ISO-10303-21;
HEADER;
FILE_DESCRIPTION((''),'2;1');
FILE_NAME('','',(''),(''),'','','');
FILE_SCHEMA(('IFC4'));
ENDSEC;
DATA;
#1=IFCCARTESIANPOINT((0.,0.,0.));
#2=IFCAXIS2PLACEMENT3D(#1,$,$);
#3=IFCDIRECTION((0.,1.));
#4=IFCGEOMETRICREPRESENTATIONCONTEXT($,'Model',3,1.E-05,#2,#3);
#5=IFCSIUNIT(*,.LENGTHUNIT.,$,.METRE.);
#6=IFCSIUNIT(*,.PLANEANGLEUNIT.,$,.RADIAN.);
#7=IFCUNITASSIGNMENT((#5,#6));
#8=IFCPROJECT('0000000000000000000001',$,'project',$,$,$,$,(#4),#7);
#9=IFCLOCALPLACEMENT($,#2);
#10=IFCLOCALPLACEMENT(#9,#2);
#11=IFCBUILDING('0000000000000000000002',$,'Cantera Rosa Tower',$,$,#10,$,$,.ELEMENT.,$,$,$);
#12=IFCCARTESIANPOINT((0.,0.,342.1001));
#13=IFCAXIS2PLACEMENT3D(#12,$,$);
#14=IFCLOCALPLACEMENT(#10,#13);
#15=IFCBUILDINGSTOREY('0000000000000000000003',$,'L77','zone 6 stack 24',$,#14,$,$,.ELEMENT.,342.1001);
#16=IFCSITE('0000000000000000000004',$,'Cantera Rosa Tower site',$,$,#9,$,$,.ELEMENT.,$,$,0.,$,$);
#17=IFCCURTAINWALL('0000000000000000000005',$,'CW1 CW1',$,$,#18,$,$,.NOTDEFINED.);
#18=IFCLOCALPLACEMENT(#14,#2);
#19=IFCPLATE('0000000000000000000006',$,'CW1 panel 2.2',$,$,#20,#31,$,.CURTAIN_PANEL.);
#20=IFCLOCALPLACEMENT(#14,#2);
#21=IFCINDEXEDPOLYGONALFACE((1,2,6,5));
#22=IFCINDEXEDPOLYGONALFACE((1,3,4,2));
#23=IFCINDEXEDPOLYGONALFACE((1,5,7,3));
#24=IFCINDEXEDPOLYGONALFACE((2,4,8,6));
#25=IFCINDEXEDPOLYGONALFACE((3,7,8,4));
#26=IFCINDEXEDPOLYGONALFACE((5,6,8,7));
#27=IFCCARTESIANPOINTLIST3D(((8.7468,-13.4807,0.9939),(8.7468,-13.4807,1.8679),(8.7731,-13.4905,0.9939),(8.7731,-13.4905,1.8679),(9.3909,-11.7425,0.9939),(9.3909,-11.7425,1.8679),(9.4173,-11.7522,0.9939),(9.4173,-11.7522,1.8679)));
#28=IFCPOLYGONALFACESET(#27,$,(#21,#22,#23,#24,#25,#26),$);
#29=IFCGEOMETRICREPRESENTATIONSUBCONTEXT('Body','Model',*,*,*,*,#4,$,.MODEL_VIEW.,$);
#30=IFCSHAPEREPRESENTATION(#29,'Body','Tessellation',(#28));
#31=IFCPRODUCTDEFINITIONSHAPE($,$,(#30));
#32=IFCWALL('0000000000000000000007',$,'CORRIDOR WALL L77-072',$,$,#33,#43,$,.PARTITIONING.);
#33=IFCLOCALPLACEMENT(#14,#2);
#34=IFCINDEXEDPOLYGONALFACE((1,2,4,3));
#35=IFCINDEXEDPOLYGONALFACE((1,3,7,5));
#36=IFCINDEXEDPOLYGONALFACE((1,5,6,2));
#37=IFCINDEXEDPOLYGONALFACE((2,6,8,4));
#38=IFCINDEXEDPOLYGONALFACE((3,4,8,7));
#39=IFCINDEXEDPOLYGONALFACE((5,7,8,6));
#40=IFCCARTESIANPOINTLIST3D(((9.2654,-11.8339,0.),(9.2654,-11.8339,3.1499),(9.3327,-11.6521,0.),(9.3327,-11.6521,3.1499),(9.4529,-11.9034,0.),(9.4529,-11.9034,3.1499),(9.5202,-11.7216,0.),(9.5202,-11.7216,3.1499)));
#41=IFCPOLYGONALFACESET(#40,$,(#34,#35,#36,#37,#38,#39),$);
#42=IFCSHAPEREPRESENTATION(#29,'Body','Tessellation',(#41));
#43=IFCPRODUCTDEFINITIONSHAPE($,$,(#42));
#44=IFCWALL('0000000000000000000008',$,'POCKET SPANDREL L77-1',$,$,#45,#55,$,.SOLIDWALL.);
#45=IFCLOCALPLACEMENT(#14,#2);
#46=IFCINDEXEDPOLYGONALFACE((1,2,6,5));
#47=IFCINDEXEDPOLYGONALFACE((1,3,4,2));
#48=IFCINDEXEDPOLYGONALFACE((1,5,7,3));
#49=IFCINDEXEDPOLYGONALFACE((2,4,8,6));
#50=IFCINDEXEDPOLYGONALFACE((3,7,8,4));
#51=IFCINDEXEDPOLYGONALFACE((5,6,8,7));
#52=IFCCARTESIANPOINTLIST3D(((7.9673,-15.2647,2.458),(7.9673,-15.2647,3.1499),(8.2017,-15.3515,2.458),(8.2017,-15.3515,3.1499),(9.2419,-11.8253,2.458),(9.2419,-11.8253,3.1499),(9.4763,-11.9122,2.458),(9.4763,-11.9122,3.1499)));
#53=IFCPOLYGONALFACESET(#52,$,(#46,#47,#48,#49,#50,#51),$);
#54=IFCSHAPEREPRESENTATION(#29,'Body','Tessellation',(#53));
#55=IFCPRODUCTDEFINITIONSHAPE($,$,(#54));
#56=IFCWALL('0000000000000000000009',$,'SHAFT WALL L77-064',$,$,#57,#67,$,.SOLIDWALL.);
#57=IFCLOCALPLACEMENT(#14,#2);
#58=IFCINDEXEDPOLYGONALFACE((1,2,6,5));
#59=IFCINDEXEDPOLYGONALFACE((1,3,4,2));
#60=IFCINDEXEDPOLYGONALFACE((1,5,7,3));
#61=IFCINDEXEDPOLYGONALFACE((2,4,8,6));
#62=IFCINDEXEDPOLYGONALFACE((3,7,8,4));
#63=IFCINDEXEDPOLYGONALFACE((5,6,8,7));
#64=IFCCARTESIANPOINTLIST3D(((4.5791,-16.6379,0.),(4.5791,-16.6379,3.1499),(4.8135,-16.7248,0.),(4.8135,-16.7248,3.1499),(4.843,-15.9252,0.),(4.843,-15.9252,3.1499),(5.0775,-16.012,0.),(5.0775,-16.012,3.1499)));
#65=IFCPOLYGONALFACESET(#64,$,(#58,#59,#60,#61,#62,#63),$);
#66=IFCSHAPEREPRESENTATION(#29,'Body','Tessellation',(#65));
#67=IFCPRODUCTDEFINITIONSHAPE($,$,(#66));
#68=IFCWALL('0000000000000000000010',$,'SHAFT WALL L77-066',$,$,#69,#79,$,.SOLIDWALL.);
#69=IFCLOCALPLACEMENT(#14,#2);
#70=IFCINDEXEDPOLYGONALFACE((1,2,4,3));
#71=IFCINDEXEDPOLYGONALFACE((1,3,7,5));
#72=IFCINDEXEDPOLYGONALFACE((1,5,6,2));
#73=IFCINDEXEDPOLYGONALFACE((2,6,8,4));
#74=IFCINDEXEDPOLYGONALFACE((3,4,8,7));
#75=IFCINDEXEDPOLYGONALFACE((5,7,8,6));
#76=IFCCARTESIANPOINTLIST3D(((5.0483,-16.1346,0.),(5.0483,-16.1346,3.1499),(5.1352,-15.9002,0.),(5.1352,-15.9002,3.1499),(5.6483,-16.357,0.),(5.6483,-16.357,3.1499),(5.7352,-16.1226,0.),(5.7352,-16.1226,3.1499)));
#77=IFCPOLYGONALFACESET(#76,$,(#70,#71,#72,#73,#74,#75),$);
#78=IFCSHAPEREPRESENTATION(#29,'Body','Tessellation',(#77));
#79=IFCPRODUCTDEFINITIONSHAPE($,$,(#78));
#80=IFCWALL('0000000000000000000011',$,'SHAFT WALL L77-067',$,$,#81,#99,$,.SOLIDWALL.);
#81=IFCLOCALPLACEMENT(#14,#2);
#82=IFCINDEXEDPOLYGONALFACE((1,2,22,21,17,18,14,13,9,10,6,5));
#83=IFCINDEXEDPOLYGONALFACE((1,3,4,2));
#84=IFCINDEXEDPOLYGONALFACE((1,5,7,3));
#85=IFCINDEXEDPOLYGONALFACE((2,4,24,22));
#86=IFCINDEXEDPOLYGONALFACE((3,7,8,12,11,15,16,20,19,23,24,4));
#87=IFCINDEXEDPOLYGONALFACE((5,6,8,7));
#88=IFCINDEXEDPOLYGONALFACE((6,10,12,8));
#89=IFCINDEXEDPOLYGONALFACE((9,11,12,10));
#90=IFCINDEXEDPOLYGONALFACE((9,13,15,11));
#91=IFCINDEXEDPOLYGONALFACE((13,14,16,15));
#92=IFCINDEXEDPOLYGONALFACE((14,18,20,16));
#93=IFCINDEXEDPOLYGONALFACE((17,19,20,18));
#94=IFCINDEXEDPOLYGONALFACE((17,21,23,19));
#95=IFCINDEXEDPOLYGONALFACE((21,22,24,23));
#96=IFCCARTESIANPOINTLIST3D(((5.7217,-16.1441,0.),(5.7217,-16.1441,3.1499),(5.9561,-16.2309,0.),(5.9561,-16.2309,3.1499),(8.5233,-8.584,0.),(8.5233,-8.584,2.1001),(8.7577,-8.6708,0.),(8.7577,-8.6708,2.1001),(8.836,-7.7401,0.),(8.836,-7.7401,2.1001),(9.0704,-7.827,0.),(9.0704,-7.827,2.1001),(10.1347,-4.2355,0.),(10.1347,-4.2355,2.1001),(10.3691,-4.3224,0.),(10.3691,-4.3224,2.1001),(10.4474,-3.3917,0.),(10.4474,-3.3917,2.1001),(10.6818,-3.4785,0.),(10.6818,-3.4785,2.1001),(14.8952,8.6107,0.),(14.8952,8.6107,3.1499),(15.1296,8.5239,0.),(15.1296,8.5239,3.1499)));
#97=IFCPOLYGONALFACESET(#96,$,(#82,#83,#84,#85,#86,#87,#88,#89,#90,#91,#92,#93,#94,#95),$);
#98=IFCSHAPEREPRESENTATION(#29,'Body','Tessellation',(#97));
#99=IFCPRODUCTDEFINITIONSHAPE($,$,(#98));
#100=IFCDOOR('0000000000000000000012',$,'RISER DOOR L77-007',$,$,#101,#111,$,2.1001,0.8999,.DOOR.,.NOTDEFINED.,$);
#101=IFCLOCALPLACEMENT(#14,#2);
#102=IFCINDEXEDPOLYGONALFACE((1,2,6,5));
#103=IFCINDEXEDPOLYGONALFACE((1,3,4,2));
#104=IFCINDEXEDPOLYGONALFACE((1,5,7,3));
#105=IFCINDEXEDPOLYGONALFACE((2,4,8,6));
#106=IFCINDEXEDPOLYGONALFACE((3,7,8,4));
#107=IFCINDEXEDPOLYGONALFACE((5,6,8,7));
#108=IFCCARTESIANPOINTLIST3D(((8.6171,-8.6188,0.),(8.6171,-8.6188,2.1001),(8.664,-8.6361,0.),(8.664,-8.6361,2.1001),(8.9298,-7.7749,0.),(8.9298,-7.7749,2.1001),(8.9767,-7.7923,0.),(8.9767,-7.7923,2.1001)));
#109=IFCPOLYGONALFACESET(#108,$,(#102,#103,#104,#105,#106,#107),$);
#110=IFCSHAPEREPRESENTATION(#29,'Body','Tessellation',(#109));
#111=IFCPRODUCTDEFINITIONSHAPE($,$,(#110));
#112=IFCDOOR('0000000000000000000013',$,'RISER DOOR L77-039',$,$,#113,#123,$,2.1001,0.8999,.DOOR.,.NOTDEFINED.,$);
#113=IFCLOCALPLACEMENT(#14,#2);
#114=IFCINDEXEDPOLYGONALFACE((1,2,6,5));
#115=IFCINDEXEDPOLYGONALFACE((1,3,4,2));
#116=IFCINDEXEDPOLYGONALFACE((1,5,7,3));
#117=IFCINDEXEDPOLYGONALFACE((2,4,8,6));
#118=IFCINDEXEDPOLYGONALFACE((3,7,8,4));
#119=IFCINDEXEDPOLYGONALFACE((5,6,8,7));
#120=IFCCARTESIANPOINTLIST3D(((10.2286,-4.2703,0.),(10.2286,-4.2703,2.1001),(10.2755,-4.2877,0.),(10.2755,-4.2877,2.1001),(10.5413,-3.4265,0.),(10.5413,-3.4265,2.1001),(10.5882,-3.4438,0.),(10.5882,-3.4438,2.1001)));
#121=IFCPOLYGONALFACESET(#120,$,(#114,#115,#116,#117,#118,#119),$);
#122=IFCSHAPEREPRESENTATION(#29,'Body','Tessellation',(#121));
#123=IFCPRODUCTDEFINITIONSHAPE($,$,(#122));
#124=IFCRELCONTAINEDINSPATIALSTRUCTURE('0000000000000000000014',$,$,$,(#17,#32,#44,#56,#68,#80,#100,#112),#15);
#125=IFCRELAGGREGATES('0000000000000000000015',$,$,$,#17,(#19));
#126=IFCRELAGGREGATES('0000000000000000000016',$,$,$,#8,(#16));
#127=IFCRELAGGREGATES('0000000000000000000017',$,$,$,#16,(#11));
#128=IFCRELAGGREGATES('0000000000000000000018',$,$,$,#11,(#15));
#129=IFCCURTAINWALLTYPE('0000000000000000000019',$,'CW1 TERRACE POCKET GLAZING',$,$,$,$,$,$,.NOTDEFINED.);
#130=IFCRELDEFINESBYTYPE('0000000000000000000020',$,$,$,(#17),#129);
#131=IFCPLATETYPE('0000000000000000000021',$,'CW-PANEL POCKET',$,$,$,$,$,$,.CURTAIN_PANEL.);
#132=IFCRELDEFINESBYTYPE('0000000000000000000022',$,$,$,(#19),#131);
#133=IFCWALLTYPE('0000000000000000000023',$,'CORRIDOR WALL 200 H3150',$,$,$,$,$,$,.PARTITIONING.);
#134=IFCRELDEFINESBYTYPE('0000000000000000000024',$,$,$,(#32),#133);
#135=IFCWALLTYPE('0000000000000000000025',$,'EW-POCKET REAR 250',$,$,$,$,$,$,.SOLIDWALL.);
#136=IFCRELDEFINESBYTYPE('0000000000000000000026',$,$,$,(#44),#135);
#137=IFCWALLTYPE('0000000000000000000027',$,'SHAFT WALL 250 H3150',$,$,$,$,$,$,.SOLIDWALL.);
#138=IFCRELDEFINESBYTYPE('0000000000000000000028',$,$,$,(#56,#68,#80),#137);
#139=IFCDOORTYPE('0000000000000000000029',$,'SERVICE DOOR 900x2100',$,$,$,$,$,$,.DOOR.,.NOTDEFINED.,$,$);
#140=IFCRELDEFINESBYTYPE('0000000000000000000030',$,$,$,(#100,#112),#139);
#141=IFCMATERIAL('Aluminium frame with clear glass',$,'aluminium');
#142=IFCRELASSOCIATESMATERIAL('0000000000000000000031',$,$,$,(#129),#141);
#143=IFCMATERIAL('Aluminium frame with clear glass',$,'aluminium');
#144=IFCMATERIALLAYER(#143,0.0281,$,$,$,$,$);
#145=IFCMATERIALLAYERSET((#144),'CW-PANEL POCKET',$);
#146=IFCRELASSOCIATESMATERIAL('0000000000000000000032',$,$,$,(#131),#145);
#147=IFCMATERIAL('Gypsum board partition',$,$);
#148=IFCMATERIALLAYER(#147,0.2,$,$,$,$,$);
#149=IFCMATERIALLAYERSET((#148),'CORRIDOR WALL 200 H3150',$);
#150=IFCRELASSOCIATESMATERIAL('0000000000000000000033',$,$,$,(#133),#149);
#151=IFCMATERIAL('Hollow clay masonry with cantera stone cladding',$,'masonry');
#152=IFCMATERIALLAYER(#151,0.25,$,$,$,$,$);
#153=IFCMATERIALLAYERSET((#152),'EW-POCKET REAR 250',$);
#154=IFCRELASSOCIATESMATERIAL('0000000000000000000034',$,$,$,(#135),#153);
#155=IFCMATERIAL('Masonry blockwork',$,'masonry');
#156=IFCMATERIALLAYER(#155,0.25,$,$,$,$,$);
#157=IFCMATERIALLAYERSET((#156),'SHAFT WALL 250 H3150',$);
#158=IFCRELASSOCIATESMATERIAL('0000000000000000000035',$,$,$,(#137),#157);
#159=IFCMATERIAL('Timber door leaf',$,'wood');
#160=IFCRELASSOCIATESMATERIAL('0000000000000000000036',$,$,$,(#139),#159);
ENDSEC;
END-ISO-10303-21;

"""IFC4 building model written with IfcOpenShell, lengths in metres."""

from ifc_helpers import new_model, si_unit, direction, frame, frame_2d, origin, origin_2d, place, context, subcontext, project, spatial, rectangle, extrude, material, layer, layer_set, type_object, element, fill, aggregate, save


model = new_model("IFC4")

# Units and contexts
model_context = context("Model", 3, precision=1e-05, world=origin(), true_north=direction((0.0, 1.0)))
body_context = subcontext(model_context, "Body", "Model", "MODEL_VIEW")
ifc_project = project(units=[si_unit("LENGTHUNIT", "METRE"), si_unit("PLANEANGLEUNIT", "RADIAN")], contexts=[model_context])

# Site, building, storey
site_placement = place(None, origin())
site = spatial("IfcSite", under=ifc_project, at=site_placement, Name="Cantera Rosa Tower site", CompositionType="ELEMENT", RefElevation=0.0)
building_placement = place(site_placement, origin())
building = spatial("IfcBuilding", under=site, at=building_placement, Name="Cantera Rosa Tower", CompositionType="ELEMENT")
storey_placement = place(building_placement, frame((0.0, 0.0, 342.1001)))
storey = spatial("IfcBuildingStorey", under=building, at=storey_placement, Name="L77", Description="zone 6 stack 24", CompositionType="ELEMENT", Elevation=342.1001)

# Curtain wall
ifc_material_1 = material(Name="Aluminium frame with clear glass", Category="aluminium")
curtain_wall_type = type_object("IfcCurtainWallType", Name="CW1 TERRACE POCKET GLAZING", PredefinedType="NOTDEFINED", material=ifc_material_1)
curtain_wall_placement = place(storey_placement, origin())
curtain_wall = element("IfcCurtainWall", 1, at=curtain_wall_placement, inside=storey, type_object=curtain_wall_type, Name="CW1 CW1", PredefinedType="NOTDEFINED")

# Plate
ifc_material_2 = material(Name="Aluminium frame with clear glass", Category="aluminium")
ifc_layer_1 = layer(ifc_material_2, 0.0281)
ifc_layer_set_1 = layer_set([ifc_layer_1], Name="CW-PANEL POCKET")
plate_type = type_object("IfcPlateType", Name="CW-PANEL POCKET", PredefinedType="CURTAIN_PANEL", material=ifc_layer_set_1)
plate_1_placement = place(storey_placement, frame((9.082, -12.6165, 0.9939), z_axis=(0.0, 0.0, 1.0), x_axis=(0.347481, 0.937687, 0.0)))
plate_1 = element("IfcPlate", 2, at=plate_1_placement, type_object=plate_type, Name="CW1 panel 2.2", PredefinedType="CURTAIN_PANEL", context=body_context, shape_type="SweptSolid", body=[
    extrude(rectangle(XDim=1.8538, YDim=0.0281, at=origin_2d()), origin(), (0.0, 0.0, 1.0), 0.874),
])
aggregate(curtain_wall, [plate_1])

# Walls
ifc_material_3 = material(Name="Gypsum board partition")
ifc_layer_2 = layer(ifc_material_3, 0.2)
ifc_layer_set_2 = layer_set([ifc_layer_2], Name="CORRIDOR WALL 200 H3150")
wall_type_1 = type_object("IfcWallType", Name="CORRIDOR WALL 200 H3150", PredefinedType="PARTITIONING", material=ifc_layer_set_2)
wall_1_placement = place(storey_placement, frame((9.3591, -11.8687, 0.0), z_axis=(0.0, 0.0, 1.0), x_axis=(0.347396, 0.937718, 0.0)))
element("IfcWall", 3, at=wall_1_placement, inside=storey, type_object=wall_type_1, Name="CORRIDOR WALL L77-072", PredefinedType="PARTITIONING", context=body_context, shape_type="SweptSolid", body=[
    extrude(rectangle(XDim=0.1938, YDim=0.2, at=frame_2d((0.0969, 0.0))), origin(), (0.0, 0.0, 1.0), 3.1499),
])
ifc_material_4 = material(Name="Hollow clay masonry with cantera stone cladding", Category="masonry")
ifc_layer_3 = layer(ifc_material_4, 0.25)
ifc_layer_set_3 = layer_set([ifc_layer_3], Name="EW-POCKET REAR 250")
wall_type_2 = type_object("IfcWallType", Name="EW-POCKET REAR 250", PredefinedType="SOLIDWALL", material=ifc_layer_set_3)
wall_2_placement = place(storey_placement, frame((8.0845, -15.3081, 2.458), z_axis=(0.0, 0.0, 1.0), x_axis=(0.347503, 0.937679, 0.0)))
element("IfcWall", 4, at=wall_2_placement, inside=storey, type_object=wall_type_2, Name="POCKET SPANDREL L77-1", PredefinedType="SOLIDWALL", context=body_context, shape_type="SweptSolid", body=[
    extrude(rectangle(XDim=3.668, YDim=0.25, at=frame_2d((1.834, 0.0))), origin(), (0.0, 0.0, 1.0), 0.6919),
])
ifc_material_5 = material(Name="Masonry blockwork", Category="masonry")
ifc_layer_4 = layer(ifc_material_5, 0.25)
ifc_layer_set_4 = layer_set([ifc_layer_4], Name="SHAFT WALL 250 H3150")
wall_type_3 = type_object("IfcWallType", Name="SHAFT WALL 250 H3150", PredefinedType="SOLIDWALL", material=ifc_layer_set_4)
wall_3_placement = place(storey_placement, frame((4.9602, -15.9688, 0.0), z_axis=(0.0, 0.0, 1.0), x_axis=(-0.347283, -0.93776, 0.0)))
element("IfcWall", 5, at=wall_3_placement, inside=storey, type_object=wall_type_3, Name="SHAFT WALL L77-064", PredefinedType="SOLIDWALL", context=body_context, shape_type="SweptSolid", body=[
    extrude(rectangle(XDim=0.76, YDim=0.25, at=frame_2d((0.3799, 0.0))), origin(), (0.0, 0.0, 1.0), 3.1499),
])
wall_4_placement = place(storey_placement, frame((5.6917, -16.2397, 0.0), z_axis=(0.0, 0.0, 1.0), x_axis=(-0.937671, 0.347526, 0.0)))
element("IfcWall", 6, at=wall_4_placement, inside=storey, type_object=wall_type_3, Name="SHAFT WALL L77-066", PredefinedType="SOLIDWALL", context=body_context, shape_type="SweptSolid", body=[
    extrude(rectangle(XDim=0.6399, YDim=0.25, at=frame_2d((0.3198, 0.0))), origin(), (0.0, 0.0, 1.0), 3.1499),
])

# Wall, openings, doors
wall_5_placement = place(storey_placement, frame((5.8389, -16.1875, 0.0), z_axis=(0.0, 0.0, 1.0), x_axis=(0.347485, 0.937686, 0.0)))
wall_5 = element("IfcWall", 7, at=wall_5_placement, inside=storey, type_object=wall_type_3, Name="SHAFT WALL L77-067", PredefinedType="SOLIDWALL", context=body_context, shape_type="SweptSolid", body=[
    extrude(rectangle(XDim=26.3999, YDim=0.25, at=frame_2d((13.2, 0.0))), origin(), (0.0, 0.0, 1.0), 3.1499),
])
opening_1_placement = place(wall_5_placement, frame((8.0625, 0.0, 0.0)))
opening_1 = element("IfcOpeningElement", 8, at=opening_1_placement, cuts=wall_5, PredefinedType="OPENING", context=body_context, shape_type="SweptSolid", body=[
    extrude(rectangle(XDim=0.8999, YDim=2.1001, at=frame_2d((0.45, 1.05))), frame((0.0, 0.135, 0.0), z_axis=(0.0, -1.0, 0.0), x_axis=(1.0, 0.0, 0.0)), (0.0, 0.0, 1.0), 0.27),
])
opening_2_placement = place(wall_5_placement, frame((12.7, 0.0, 0.0)))
opening_2 = element("IfcOpeningElement", 9, at=opening_2_placement, cuts=wall_5, PredefinedType="OPENING", context=body_context, shape_type="SweptSolid", body=[
    extrude(rectangle(XDim=0.8999, YDim=2.1001, at=frame_2d((0.45, 1.05))), frame((0.0, 0.135, 0.0), z_axis=(0.0, -1.0, 0.0), x_axis=(1.0, 0.0, 0.0)), (0.0, 0.0, 1.0), 0.27),
])
ifc_material_6 = material(Name="Timber door leaf", Category="wood")
door_type = type_object("IfcDoorType", Name="SERVICE DOOR 900x2100", OperationType="NOTDEFINED", PredefinedType="DOOR", material=ifc_material_6)
door_1_placement = place(opening_1_placement, origin())
door_1 = element("IfcDoor", 10, at=door_1_placement, inside=storey, type_object=door_type, Name="RISER DOOR L77-007", OperationType="NOTDEFINED", OverallHeight=2.1001, OverallWidth=0.8999, PredefinedType="DOOR", context=body_context, shape_type="SweptSolid", body=[
    extrude(rectangle(XDim=0.8999, YDim=2.1001, at=frame_2d((0.45, 1.05))), frame((0.0, 0.0249, 0.0), z_axis=(0.0, -1.0, 0.0), x_axis=(1.0, 0.0, 0.0)), (0.0, 0.0, 1.0), 0.05),
])
fill(opening_1, door_1)
door_2_placement = place(opening_2_placement, origin())
door_2 = element("IfcDoor", 11, at=door_2_placement, inside=storey, type_object=door_type, Name="RISER DOOR L77-039", OperationType="NOTDEFINED", OverallHeight=2.1001, OverallWidth=0.8999, PredefinedType="DOOR", context=body_context, shape_type="SweptSolid", body=[
    extrude(rectangle(XDim=0.8999, YDim=2.1001, at=frame_2d((0.45, 1.05))), frame((0.0, 0.0249, 0.0), z_axis=(0.0, -1.0, 0.0), x_axis=(1.0, 0.0, 0.0)), (0.0, 0.0, 1.0), 0.05),
])
fill(opening_2, door_2)

save(model, "model.ifc")
